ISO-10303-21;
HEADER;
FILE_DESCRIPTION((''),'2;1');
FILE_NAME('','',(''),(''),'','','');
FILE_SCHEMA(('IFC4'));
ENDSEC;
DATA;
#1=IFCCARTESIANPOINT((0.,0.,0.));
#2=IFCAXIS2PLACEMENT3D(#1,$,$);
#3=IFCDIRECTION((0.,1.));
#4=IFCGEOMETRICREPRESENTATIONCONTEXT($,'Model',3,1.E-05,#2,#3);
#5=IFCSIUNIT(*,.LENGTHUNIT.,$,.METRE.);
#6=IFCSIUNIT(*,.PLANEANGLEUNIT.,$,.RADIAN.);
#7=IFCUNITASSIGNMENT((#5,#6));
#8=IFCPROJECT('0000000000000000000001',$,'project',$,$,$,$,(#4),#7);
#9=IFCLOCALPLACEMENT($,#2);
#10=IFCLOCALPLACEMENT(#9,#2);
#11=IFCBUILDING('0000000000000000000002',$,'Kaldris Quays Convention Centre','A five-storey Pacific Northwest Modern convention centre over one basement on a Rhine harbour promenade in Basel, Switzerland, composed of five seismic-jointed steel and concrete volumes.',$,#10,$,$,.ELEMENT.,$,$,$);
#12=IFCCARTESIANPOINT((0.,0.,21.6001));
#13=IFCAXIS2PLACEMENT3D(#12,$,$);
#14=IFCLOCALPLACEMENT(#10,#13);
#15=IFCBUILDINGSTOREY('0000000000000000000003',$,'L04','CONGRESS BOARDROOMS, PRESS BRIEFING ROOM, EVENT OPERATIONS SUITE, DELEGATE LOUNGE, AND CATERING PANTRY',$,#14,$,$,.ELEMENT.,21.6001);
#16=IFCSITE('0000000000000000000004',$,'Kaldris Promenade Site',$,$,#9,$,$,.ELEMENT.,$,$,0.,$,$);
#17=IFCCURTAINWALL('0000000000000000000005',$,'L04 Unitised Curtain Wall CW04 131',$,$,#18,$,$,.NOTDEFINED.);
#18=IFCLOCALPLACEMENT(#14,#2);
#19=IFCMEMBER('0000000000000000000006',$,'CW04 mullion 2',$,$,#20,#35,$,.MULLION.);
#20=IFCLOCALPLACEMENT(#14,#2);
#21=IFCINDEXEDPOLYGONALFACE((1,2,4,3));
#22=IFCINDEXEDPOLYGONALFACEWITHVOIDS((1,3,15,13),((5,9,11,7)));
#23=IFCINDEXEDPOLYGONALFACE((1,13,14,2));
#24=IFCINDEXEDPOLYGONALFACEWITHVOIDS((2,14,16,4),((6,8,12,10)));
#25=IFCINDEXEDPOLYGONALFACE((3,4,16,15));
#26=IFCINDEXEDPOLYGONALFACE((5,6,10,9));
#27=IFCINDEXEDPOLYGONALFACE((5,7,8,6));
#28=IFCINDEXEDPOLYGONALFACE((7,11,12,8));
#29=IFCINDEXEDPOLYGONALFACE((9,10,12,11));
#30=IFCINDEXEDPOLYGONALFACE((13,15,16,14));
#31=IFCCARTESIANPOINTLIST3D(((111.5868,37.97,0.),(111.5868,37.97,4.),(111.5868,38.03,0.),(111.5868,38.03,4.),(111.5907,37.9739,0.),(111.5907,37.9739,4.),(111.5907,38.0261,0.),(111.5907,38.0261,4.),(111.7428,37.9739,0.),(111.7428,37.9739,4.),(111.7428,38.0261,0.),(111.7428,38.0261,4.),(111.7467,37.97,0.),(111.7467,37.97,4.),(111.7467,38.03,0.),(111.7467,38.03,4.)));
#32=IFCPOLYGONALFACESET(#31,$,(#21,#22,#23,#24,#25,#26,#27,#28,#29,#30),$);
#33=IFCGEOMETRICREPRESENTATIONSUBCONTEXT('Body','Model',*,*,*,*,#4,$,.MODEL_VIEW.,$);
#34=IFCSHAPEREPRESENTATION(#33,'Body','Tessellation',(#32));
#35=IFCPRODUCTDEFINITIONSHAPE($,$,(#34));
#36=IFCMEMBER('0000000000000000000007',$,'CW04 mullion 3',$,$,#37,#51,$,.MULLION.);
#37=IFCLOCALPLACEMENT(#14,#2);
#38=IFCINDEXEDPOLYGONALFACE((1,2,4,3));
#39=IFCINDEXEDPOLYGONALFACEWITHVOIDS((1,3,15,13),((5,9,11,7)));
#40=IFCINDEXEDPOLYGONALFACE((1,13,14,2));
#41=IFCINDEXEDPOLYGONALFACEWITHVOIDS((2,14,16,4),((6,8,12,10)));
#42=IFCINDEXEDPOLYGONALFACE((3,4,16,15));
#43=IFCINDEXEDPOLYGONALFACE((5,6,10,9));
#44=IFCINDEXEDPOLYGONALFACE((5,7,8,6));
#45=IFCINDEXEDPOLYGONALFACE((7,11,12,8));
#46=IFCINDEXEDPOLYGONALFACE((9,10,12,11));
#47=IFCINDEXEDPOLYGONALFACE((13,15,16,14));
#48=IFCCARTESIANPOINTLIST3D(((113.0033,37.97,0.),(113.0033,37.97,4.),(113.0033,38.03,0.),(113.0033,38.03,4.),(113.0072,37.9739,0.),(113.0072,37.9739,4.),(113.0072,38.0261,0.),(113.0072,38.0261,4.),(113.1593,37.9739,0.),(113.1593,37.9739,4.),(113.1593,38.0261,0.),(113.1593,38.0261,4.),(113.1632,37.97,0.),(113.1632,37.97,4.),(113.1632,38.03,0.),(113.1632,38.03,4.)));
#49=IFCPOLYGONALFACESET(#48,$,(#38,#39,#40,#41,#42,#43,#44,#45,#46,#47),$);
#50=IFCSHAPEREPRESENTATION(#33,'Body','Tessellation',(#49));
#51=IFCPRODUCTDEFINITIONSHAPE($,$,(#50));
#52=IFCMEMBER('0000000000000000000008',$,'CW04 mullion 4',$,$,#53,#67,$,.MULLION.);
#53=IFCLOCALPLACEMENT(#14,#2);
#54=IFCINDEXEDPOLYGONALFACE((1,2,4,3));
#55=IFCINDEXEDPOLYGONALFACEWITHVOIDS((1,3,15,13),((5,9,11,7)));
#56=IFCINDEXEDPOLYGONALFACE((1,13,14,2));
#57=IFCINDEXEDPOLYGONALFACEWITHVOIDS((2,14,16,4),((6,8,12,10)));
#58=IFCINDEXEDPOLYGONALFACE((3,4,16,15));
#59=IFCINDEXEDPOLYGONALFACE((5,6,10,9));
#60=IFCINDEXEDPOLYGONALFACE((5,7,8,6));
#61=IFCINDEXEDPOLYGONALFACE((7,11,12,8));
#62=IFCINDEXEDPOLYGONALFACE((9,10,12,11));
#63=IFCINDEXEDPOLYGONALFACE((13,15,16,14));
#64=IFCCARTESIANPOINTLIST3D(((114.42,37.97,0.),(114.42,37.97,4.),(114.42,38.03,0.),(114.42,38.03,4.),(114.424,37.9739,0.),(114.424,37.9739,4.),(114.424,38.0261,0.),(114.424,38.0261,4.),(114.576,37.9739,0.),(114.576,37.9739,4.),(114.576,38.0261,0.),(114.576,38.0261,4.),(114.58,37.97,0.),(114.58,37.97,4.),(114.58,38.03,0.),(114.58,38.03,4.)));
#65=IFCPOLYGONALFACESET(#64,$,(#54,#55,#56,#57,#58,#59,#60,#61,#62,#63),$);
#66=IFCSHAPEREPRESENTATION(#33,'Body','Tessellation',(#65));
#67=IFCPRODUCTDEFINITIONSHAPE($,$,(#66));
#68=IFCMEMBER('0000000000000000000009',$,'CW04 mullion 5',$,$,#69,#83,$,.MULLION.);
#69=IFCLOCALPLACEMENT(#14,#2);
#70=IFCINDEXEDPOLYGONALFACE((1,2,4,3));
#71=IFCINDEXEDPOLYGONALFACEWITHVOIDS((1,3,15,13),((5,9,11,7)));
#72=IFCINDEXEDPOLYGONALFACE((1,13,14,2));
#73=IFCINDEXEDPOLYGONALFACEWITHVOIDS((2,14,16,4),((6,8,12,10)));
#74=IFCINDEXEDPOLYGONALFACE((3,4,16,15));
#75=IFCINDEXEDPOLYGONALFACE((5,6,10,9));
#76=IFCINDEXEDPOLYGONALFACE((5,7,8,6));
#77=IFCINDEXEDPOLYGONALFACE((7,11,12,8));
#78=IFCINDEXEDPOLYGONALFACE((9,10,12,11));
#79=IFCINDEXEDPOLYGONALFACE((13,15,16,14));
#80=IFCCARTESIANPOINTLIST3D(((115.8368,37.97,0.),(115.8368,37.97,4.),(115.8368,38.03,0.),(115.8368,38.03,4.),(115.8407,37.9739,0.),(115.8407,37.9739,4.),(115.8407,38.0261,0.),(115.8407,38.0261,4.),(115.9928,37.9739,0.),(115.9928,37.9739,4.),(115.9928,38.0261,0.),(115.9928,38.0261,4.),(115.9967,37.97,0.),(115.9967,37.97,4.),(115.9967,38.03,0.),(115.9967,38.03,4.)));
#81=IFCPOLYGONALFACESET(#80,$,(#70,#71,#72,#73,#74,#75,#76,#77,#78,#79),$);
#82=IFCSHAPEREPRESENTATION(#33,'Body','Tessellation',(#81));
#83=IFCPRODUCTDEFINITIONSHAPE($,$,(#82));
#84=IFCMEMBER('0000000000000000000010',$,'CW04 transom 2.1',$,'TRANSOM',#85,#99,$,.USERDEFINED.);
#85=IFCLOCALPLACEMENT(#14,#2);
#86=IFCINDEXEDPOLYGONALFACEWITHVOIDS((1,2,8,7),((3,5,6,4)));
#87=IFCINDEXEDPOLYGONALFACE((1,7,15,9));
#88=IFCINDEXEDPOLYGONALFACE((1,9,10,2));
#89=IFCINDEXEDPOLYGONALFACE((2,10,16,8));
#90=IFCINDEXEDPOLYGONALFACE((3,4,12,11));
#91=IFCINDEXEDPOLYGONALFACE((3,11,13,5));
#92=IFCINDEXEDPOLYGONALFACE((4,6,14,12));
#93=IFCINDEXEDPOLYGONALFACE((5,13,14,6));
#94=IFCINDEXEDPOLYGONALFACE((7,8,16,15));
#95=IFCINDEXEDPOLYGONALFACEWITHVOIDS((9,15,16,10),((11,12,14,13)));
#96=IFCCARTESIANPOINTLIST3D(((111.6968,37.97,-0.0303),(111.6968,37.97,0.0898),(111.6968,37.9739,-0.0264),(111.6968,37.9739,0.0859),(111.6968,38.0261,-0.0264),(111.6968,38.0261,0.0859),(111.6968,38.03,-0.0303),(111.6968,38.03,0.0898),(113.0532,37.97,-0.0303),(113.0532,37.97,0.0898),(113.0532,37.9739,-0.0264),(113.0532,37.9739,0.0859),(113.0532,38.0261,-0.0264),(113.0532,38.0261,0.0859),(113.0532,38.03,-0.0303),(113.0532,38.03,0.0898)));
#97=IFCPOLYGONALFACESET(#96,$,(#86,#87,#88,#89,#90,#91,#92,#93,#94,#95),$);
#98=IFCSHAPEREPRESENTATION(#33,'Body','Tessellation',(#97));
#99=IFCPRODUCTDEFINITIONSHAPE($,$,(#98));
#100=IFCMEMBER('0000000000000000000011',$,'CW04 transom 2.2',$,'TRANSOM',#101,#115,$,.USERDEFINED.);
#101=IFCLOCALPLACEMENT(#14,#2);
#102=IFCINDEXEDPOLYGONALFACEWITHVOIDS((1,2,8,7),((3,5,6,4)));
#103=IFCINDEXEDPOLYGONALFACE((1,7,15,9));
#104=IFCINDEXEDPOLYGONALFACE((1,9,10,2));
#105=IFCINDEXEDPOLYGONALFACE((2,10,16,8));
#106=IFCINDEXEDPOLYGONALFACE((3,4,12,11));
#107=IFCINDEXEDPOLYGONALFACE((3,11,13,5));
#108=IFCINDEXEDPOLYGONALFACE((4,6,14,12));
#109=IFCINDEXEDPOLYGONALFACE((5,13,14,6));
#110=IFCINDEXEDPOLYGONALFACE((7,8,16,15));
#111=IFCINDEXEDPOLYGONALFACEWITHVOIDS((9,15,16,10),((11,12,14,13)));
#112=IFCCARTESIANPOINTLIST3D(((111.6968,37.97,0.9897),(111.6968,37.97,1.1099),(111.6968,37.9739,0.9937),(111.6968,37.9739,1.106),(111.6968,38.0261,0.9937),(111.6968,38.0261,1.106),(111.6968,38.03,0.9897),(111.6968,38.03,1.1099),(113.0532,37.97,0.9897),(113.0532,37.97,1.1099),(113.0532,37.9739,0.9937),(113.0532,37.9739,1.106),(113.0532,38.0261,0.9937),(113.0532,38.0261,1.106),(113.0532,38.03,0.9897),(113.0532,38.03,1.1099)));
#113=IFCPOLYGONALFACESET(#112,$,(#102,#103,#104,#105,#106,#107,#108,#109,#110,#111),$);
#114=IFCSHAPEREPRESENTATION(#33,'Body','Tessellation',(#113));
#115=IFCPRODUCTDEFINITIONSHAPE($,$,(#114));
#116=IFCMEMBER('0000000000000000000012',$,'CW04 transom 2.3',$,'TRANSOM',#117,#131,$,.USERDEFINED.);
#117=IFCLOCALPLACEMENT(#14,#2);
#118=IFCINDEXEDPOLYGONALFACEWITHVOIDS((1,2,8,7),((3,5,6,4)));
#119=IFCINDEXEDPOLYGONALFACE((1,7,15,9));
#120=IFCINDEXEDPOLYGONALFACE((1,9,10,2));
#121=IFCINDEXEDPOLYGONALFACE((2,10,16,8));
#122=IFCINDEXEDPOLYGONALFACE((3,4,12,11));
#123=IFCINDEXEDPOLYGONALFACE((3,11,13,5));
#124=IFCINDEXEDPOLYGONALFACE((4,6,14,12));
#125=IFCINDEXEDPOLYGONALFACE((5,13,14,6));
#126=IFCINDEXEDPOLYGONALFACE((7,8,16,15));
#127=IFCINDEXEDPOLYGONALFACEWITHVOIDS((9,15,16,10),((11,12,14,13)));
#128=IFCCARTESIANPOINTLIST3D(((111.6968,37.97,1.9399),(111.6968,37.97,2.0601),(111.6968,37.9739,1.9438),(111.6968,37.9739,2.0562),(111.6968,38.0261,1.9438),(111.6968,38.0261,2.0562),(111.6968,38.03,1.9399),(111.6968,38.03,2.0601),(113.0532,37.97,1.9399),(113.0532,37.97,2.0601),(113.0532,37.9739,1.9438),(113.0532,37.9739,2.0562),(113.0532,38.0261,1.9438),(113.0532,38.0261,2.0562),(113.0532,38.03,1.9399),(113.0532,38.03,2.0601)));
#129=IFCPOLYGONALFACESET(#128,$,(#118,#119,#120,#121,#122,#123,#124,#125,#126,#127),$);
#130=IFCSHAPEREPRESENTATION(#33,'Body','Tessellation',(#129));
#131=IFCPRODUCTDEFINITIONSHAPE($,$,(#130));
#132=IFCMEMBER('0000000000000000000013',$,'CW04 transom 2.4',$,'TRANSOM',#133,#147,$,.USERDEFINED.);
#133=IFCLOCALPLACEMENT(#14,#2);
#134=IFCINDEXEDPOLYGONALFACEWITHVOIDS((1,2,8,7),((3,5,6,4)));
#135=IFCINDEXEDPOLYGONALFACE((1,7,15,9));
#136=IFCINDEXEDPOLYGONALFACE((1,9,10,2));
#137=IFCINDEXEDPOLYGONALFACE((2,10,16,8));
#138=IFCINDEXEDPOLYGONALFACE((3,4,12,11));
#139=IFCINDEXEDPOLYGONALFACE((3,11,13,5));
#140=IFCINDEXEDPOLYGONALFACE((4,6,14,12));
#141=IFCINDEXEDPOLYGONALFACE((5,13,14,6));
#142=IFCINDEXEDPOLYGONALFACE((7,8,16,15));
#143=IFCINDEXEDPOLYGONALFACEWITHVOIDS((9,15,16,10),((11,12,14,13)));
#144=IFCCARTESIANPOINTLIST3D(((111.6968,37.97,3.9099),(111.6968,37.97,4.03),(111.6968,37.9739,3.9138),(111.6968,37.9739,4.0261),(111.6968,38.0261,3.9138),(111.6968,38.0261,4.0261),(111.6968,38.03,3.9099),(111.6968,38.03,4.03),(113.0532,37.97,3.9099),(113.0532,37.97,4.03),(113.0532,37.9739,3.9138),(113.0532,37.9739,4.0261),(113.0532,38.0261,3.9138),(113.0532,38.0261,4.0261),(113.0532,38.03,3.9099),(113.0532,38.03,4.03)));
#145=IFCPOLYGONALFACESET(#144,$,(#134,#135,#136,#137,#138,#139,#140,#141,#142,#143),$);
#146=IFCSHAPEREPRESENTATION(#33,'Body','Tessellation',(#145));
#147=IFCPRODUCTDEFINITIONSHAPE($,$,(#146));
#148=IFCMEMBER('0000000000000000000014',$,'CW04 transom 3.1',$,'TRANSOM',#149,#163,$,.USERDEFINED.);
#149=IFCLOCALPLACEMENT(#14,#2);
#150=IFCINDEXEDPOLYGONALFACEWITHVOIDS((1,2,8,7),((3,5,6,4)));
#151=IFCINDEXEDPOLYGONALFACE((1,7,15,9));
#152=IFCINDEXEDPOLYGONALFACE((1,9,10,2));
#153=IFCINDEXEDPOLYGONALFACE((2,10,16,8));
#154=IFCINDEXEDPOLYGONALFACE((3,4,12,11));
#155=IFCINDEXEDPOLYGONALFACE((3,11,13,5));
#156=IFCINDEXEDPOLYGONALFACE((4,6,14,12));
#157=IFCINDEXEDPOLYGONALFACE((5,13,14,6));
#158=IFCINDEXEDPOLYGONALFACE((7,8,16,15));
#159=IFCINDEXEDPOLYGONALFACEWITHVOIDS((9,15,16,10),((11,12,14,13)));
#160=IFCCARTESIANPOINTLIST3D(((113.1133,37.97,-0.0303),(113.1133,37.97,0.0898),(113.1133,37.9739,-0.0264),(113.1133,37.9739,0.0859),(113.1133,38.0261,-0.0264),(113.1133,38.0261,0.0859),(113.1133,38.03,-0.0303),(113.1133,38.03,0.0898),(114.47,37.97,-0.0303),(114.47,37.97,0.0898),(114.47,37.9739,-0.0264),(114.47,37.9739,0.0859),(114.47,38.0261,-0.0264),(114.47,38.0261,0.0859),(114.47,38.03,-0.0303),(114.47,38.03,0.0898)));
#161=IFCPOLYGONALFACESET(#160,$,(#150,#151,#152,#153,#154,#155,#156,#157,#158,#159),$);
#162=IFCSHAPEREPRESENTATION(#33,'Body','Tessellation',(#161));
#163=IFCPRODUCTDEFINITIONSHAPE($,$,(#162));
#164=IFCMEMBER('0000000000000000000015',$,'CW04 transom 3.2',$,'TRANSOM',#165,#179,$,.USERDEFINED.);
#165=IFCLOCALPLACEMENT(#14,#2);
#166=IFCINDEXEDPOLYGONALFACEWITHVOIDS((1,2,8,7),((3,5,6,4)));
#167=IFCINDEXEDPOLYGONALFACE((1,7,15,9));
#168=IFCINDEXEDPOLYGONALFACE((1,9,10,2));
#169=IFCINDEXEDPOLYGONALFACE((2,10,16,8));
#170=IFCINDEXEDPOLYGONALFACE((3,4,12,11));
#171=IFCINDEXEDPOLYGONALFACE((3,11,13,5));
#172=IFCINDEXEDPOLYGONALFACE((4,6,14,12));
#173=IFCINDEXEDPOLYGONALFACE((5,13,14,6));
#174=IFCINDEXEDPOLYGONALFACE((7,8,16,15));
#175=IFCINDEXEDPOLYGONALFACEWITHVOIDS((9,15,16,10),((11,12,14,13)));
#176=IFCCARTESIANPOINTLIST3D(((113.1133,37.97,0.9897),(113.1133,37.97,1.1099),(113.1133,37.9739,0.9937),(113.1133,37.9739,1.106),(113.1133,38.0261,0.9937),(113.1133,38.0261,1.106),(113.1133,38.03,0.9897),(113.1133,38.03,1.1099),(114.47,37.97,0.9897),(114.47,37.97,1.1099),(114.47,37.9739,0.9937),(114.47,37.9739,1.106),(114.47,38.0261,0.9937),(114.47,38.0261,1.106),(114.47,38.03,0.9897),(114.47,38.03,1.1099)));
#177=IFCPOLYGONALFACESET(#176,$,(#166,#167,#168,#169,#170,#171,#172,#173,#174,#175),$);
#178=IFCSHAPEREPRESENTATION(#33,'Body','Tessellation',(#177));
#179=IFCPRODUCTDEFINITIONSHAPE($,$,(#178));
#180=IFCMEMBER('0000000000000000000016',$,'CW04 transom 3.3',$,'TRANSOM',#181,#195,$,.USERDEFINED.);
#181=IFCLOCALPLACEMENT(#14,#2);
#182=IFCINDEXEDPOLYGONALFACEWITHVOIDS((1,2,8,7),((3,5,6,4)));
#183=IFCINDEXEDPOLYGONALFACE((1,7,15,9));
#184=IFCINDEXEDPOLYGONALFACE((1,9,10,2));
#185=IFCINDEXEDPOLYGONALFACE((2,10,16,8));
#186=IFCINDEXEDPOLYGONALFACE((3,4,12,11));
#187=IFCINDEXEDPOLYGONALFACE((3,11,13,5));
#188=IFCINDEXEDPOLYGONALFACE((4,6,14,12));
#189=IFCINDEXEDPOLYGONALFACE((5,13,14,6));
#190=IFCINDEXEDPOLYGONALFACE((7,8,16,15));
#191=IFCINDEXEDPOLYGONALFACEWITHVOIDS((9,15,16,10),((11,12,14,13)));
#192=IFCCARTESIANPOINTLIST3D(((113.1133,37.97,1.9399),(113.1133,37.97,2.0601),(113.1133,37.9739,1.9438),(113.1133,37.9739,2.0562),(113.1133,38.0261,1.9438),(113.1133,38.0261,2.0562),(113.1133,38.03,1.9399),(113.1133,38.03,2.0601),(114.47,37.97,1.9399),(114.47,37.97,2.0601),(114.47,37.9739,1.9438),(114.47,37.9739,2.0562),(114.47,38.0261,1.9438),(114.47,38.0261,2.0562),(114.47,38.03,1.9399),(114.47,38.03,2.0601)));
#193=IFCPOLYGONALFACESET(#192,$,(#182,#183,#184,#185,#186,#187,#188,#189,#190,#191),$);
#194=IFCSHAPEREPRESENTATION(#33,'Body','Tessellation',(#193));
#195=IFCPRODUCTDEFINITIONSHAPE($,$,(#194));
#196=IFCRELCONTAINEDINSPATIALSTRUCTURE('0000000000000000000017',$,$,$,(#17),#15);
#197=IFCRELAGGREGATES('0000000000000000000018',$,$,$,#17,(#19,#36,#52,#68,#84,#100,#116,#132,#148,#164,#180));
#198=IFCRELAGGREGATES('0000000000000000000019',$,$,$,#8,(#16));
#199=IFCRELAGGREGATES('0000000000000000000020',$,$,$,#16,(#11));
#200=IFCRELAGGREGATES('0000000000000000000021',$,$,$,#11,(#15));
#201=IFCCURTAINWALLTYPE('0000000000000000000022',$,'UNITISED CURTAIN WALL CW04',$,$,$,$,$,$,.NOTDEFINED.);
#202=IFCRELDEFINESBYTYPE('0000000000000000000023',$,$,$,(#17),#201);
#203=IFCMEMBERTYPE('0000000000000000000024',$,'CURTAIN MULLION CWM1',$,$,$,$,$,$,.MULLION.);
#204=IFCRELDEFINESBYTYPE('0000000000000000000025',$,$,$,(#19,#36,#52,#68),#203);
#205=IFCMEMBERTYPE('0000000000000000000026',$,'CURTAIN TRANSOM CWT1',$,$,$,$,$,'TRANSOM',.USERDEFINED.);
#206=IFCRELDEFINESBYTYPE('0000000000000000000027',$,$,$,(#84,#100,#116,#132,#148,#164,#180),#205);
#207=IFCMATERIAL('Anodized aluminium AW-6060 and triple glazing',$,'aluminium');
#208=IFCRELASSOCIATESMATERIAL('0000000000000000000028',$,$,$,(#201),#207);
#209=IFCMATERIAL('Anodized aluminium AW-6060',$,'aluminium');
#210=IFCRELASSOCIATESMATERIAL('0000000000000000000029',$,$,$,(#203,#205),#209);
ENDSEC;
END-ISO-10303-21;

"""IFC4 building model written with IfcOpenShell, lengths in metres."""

from ifc_helpers import new_model, si_unit, direction, frame, origin, origin_2d, place, context, subcontext, project, spatial, hollow_rectangle, extrude, material, material_profile, profile_set, type_object, element, aggregate, save


model = new_model("IFC4")

# Units and contexts
model_context = context("Model", 3, precision=1e-05, world=origin(), true_north=direction((0.0, 1.0)))
body_context = subcontext(model_context, "Body", "Model", "MODEL_VIEW")
ifc_project = project(units=[si_unit("LENGTHUNIT", "METRE"), si_unit("PLANEANGLEUNIT", "RADIAN")], contexts=[model_context])

# Site, building, storey
site_placement = place(None, origin())
site = spatial("IfcSite", under=ifc_project, at=site_placement, Name="Kaldris Promenade Site", CompositionType="ELEMENT", RefElevation=0.0)
building_placement = place(site_placement, origin())
building = spatial("IfcBuilding", under=site, at=building_placement, Name="Kaldris Quays Convention Centre", Description="A five-storey Pacific Northwest Modern convention centre over one basement on a Rhine harbour promenade in Basel, Switzerland, composed of five seismic-jointed steel and concrete volumes.", CompositionType="ELEMENT")
storey_placement = place(building_placement, frame((0.0, 0.0, 21.6001)))
storey = spatial("IfcBuildingStorey", under=building, at=storey_placement, Name="L04", Description="CONGRESS BOARDROOMS, PRESS BRIEFING ROOM, EVENT OPERATIONS SUITE, DELEGATE LOUNGE, AND CATERING PANTRY", CompositionType="ELEMENT", Elevation=21.6001)

# Curtain wall, members
ifc_material_1 = material(Name="Anodized aluminium AW-6060 and triple glazing", Category="aluminium")
curtain_wall_type = type_object("IfcCurtainWallType", Name="UNITISED CURTAIN WALL CW04", PredefinedType="NOTDEFINED", material=ifc_material_1)
curtain_wall_placement = place(storey_placement, origin())
curtain_wall = element("IfcCurtainWall", 1, at=curtain_wall_placement, inside=storey, type_object=curtain_wall_type, Name="L04 Unitised Curtain Wall CW04 131", PredefinedType="NOTDEFINED")
ifc_material_2 = material(Name="Anodized aluminium AW-6060", Category="aluminium")
ifc_material_profile_1 = material_profile(ifc_material_2, hollow_rectangle(XDim=0.0601, YDim=0.1599, WallThickness=0.0039, at=origin_2d()), Name="RHS 160x60x4")
ifc_profile_set_1 = profile_set([ifc_material_profile_1], Name="Anodized aluminium AW-6060")
member_type_1 = type_object("IfcMemberType", Name="CURTAIN MULLION CWM1", PredefinedType="MULLION", material=ifc_profile_set_1)
member_1_placement = place(storey_placement, frame((111.6667, 38.0, 0.0), z_axis=(0.0, 0.0, 1.0), x_axis=(0.0, 1.0, 0.0)))
member_1 = element("IfcMember", 2, at=member_1_placement, type_object=member_type_1, Name="CW04 mullion 2", PredefinedType="MULLION", context=body_context, shape_type="SweptSolid", body=[
    extrude(hollow_rectangle(XDim=0.0601, YDim=0.1599, WallThickness=0.0039, at=origin_2d()), origin(), (0.0, 0.0, 1.0), 4.0),
])
member_2_placement = place(storey_placement, frame((113.0833, 38.0, 0.0), z_axis=(0.0, 0.0, 1.0), x_axis=(0.0, 1.0, 0.0)))
member_2 = element("IfcMember", 3, at=member_2_placement, type_object=member_type_1, Name="CW04 mullion 3", PredefinedType="MULLION", context=body_context, shape_type="SweptSolid", body=[
    extrude(hollow_rectangle(XDim=0.0601, YDim=0.1599, WallThickness=0.0039, at=origin_2d()), origin(), (0.0, 0.0, 1.0), 4.0),
])
member_3_placement = place(storey_placement, frame((114.5, 38.0, 0.0), z_axis=(0.0, 0.0, 1.0), x_axis=(0.0, 1.0, 0.0)))
member_3 = element("IfcMember", 4, at=member_3_placement, type_object=member_type_1, Name="CW04 mullion 4", PredefinedType="MULLION", context=body_context, shape_type="SweptSolid", body=[
    extrude(hollow_rectangle(XDim=0.0601, YDim=0.1599, WallThickness=0.0039, at=origin_2d()), origin(), (0.0, 0.0, 1.0), 4.0),
])
member_4_placement = place(storey_placement, frame((115.9167, 38.0, 0.0), z_axis=(0.0, 0.0, 1.0), x_axis=(0.0, 1.0, 0.0)))
member_4 = element("IfcMember", 5, at=member_4_placement, type_object=member_type_1, Name="CW04 mullion 5", PredefinedType="MULLION", context=body_context, shape_type="SweptSolid", body=[
    extrude(hollow_rectangle(XDim=0.0601, YDim=0.1599, WallThickness=0.0039, at=origin_2d()), origin(), (0.0, 0.0, 1.0), 4.0),
])
ifc_material_profile_2 = material_profile(ifc_material_2, hollow_rectangle(XDim=0.0601, YDim=0.1201, WallThickness=0.0039, at=origin_2d()), Name="RHS 120x60x4")
ifc_profile_set_2 = profile_set([ifc_material_profile_2], Name="Anodized aluminium AW-6060")
member_type_2 = type_object("IfcMemberType", Name="CURTAIN TRANSOM CWT1", ElementType="TRANSOM", PredefinedType="USERDEFINED", material=ifc_profile_set_2)
member_5_placement = place(storey_placement, frame((111.6968, 38.0, 0.0298), z_axis=(1.0, 0.0, 0.0), x_axis=(0.0, 1.0, 0.0)))
member_5 = element("IfcMember", 6, at=member_5_placement, type_object=member_type_2, Name="CW04 transom 2.1", ObjectType="TRANSOM", PredefinedType="USERDEFINED", context=body_context, shape_type="SweptSolid", body=[
    extrude(hollow_rectangle(XDim=0.0601, YDim=0.1201, WallThickness=0.0039, at=origin_2d()), origin(), (0.0, 0.0, 1.0), 1.3564),
])
member_6_placement = place(storey_placement, frame((111.6968, 38.0, 1.0498), z_axis=(1.0, 0.0, 0.0), x_axis=(0.0, 1.0, 0.0)))
member_6 = element("IfcMember", 7, at=member_6_placement, type_object=member_type_2, Name="CW04 transom 2.2", ObjectType="TRANSOM", PredefinedType="USERDEFINED", context=body_context, shape_type="SweptSolid", body=[
    extrude(hollow_rectangle(XDim=0.0601, YDim=0.1201, WallThickness=0.0039, at=origin_2d()), origin(), (0.0, 0.0, 1.0), 1.3564),
])
member_7_placement = place(storey_placement, frame((111.6968, 38.0, 2.0), z_axis=(1.0, 0.0, 0.0), x_axis=(0.0, 1.0, 0.0)))
member_7 = element("IfcMember", 8, at=member_7_placement, type_object=member_type_2, Name="CW04 transom 2.3", ObjectType="TRANSOM", PredefinedType="USERDEFINED", context=body_context, shape_type="SweptSolid", body=[
    extrude(hollow_rectangle(XDim=0.0601, YDim=0.1201, WallThickness=0.0039, at=origin_2d()), origin(), (0.0, 0.0, 1.0), 1.3564),
])
member_8_placement = place(storey_placement, frame((111.6968, 38.0, 3.97), z_axis=(1.0, 0.0, 0.0), x_axis=(0.0, 1.0, 0.0)))
member_8 = element("IfcMember", 9, at=member_8_placement, type_object=member_type_2, Name="CW04 transom 2.4", ObjectType="TRANSOM", PredefinedType="USERDEFINED", context=body_context, shape_type="SweptSolid", body=[
    extrude(hollow_rectangle(XDim=0.0601, YDim=0.1201, WallThickness=0.0039, at=origin_2d()), origin(), (0.0, 0.0, 1.0), 1.3564),
])
member_9_placement = place(storey_placement, frame((113.1133, 38.0, 0.0298), z_axis=(1.0, 0.0, 0.0), x_axis=(0.0, 1.0, 0.0)))
member_9 = element("IfcMember", 10, at=member_9_placement, type_object=member_type_2, Name="CW04 transom 3.1", ObjectType="TRANSOM", PredefinedType="USERDEFINED", context=body_context, shape_type="SweptSolid", body=[
    extrude(hollow_rectangle(XDim=0.0601, YDim=0.1201, WallThickness=0.0039, at=origin_2d()), origin(), (0.0, 0.0, 1.0), 1.3567),
])
member_10_placement = place(storey_placement, frame((113.1133, 38.0, 1.0498), z_axis=(1.0, 0.0, 0.0), x_axis=(0.0, 1.0, 0.0)))
member_10 = element("IfcMember", 11, at=member_10_placement, type_object=member_type_2, Name="CW04 transom 3.2", ObjectType="TRANSOM", PredefinedType="USERDEFINED", context=body_context, shape_type="SweptSolid", body=[
    extrude(hollow_rectangle(XDim=0.0601, YDim=0.1201, WallThickness=0.0039, at=origin_2d()), origin(), (0.0, 0.0, 1.0), 1.3567),
])
member_11_placement = place(storey_placement, frame((113.1133, 38.0, 2.0), z_axis=(1.0, 0.0, 0.0), x_axis=(0.0, 1.0, 0.0)))
member_11 = element("IfcMember", 12, at=member_11_placement, type_object=member_type_2, Name="CW04 transom 3.3", ObjectType="TRANSOM", PredefinedType="USERDEFINED", context=body_context, shape_type="SweptSolid", body=[
    extrude(hollow_rectangle(XDim=0.0601, YDim=0.1201, WallThickness=0.0039, at=origin_2d()), origin(), (0.0, 0.0, 1.0), 1.3567),
])
aggregate(curtain_wall, [member_1, member_2, member_3, member_4, member_5, member_6, member_7, member_8, member_9, member_10, member_11])

save(model, "model.ifc")
